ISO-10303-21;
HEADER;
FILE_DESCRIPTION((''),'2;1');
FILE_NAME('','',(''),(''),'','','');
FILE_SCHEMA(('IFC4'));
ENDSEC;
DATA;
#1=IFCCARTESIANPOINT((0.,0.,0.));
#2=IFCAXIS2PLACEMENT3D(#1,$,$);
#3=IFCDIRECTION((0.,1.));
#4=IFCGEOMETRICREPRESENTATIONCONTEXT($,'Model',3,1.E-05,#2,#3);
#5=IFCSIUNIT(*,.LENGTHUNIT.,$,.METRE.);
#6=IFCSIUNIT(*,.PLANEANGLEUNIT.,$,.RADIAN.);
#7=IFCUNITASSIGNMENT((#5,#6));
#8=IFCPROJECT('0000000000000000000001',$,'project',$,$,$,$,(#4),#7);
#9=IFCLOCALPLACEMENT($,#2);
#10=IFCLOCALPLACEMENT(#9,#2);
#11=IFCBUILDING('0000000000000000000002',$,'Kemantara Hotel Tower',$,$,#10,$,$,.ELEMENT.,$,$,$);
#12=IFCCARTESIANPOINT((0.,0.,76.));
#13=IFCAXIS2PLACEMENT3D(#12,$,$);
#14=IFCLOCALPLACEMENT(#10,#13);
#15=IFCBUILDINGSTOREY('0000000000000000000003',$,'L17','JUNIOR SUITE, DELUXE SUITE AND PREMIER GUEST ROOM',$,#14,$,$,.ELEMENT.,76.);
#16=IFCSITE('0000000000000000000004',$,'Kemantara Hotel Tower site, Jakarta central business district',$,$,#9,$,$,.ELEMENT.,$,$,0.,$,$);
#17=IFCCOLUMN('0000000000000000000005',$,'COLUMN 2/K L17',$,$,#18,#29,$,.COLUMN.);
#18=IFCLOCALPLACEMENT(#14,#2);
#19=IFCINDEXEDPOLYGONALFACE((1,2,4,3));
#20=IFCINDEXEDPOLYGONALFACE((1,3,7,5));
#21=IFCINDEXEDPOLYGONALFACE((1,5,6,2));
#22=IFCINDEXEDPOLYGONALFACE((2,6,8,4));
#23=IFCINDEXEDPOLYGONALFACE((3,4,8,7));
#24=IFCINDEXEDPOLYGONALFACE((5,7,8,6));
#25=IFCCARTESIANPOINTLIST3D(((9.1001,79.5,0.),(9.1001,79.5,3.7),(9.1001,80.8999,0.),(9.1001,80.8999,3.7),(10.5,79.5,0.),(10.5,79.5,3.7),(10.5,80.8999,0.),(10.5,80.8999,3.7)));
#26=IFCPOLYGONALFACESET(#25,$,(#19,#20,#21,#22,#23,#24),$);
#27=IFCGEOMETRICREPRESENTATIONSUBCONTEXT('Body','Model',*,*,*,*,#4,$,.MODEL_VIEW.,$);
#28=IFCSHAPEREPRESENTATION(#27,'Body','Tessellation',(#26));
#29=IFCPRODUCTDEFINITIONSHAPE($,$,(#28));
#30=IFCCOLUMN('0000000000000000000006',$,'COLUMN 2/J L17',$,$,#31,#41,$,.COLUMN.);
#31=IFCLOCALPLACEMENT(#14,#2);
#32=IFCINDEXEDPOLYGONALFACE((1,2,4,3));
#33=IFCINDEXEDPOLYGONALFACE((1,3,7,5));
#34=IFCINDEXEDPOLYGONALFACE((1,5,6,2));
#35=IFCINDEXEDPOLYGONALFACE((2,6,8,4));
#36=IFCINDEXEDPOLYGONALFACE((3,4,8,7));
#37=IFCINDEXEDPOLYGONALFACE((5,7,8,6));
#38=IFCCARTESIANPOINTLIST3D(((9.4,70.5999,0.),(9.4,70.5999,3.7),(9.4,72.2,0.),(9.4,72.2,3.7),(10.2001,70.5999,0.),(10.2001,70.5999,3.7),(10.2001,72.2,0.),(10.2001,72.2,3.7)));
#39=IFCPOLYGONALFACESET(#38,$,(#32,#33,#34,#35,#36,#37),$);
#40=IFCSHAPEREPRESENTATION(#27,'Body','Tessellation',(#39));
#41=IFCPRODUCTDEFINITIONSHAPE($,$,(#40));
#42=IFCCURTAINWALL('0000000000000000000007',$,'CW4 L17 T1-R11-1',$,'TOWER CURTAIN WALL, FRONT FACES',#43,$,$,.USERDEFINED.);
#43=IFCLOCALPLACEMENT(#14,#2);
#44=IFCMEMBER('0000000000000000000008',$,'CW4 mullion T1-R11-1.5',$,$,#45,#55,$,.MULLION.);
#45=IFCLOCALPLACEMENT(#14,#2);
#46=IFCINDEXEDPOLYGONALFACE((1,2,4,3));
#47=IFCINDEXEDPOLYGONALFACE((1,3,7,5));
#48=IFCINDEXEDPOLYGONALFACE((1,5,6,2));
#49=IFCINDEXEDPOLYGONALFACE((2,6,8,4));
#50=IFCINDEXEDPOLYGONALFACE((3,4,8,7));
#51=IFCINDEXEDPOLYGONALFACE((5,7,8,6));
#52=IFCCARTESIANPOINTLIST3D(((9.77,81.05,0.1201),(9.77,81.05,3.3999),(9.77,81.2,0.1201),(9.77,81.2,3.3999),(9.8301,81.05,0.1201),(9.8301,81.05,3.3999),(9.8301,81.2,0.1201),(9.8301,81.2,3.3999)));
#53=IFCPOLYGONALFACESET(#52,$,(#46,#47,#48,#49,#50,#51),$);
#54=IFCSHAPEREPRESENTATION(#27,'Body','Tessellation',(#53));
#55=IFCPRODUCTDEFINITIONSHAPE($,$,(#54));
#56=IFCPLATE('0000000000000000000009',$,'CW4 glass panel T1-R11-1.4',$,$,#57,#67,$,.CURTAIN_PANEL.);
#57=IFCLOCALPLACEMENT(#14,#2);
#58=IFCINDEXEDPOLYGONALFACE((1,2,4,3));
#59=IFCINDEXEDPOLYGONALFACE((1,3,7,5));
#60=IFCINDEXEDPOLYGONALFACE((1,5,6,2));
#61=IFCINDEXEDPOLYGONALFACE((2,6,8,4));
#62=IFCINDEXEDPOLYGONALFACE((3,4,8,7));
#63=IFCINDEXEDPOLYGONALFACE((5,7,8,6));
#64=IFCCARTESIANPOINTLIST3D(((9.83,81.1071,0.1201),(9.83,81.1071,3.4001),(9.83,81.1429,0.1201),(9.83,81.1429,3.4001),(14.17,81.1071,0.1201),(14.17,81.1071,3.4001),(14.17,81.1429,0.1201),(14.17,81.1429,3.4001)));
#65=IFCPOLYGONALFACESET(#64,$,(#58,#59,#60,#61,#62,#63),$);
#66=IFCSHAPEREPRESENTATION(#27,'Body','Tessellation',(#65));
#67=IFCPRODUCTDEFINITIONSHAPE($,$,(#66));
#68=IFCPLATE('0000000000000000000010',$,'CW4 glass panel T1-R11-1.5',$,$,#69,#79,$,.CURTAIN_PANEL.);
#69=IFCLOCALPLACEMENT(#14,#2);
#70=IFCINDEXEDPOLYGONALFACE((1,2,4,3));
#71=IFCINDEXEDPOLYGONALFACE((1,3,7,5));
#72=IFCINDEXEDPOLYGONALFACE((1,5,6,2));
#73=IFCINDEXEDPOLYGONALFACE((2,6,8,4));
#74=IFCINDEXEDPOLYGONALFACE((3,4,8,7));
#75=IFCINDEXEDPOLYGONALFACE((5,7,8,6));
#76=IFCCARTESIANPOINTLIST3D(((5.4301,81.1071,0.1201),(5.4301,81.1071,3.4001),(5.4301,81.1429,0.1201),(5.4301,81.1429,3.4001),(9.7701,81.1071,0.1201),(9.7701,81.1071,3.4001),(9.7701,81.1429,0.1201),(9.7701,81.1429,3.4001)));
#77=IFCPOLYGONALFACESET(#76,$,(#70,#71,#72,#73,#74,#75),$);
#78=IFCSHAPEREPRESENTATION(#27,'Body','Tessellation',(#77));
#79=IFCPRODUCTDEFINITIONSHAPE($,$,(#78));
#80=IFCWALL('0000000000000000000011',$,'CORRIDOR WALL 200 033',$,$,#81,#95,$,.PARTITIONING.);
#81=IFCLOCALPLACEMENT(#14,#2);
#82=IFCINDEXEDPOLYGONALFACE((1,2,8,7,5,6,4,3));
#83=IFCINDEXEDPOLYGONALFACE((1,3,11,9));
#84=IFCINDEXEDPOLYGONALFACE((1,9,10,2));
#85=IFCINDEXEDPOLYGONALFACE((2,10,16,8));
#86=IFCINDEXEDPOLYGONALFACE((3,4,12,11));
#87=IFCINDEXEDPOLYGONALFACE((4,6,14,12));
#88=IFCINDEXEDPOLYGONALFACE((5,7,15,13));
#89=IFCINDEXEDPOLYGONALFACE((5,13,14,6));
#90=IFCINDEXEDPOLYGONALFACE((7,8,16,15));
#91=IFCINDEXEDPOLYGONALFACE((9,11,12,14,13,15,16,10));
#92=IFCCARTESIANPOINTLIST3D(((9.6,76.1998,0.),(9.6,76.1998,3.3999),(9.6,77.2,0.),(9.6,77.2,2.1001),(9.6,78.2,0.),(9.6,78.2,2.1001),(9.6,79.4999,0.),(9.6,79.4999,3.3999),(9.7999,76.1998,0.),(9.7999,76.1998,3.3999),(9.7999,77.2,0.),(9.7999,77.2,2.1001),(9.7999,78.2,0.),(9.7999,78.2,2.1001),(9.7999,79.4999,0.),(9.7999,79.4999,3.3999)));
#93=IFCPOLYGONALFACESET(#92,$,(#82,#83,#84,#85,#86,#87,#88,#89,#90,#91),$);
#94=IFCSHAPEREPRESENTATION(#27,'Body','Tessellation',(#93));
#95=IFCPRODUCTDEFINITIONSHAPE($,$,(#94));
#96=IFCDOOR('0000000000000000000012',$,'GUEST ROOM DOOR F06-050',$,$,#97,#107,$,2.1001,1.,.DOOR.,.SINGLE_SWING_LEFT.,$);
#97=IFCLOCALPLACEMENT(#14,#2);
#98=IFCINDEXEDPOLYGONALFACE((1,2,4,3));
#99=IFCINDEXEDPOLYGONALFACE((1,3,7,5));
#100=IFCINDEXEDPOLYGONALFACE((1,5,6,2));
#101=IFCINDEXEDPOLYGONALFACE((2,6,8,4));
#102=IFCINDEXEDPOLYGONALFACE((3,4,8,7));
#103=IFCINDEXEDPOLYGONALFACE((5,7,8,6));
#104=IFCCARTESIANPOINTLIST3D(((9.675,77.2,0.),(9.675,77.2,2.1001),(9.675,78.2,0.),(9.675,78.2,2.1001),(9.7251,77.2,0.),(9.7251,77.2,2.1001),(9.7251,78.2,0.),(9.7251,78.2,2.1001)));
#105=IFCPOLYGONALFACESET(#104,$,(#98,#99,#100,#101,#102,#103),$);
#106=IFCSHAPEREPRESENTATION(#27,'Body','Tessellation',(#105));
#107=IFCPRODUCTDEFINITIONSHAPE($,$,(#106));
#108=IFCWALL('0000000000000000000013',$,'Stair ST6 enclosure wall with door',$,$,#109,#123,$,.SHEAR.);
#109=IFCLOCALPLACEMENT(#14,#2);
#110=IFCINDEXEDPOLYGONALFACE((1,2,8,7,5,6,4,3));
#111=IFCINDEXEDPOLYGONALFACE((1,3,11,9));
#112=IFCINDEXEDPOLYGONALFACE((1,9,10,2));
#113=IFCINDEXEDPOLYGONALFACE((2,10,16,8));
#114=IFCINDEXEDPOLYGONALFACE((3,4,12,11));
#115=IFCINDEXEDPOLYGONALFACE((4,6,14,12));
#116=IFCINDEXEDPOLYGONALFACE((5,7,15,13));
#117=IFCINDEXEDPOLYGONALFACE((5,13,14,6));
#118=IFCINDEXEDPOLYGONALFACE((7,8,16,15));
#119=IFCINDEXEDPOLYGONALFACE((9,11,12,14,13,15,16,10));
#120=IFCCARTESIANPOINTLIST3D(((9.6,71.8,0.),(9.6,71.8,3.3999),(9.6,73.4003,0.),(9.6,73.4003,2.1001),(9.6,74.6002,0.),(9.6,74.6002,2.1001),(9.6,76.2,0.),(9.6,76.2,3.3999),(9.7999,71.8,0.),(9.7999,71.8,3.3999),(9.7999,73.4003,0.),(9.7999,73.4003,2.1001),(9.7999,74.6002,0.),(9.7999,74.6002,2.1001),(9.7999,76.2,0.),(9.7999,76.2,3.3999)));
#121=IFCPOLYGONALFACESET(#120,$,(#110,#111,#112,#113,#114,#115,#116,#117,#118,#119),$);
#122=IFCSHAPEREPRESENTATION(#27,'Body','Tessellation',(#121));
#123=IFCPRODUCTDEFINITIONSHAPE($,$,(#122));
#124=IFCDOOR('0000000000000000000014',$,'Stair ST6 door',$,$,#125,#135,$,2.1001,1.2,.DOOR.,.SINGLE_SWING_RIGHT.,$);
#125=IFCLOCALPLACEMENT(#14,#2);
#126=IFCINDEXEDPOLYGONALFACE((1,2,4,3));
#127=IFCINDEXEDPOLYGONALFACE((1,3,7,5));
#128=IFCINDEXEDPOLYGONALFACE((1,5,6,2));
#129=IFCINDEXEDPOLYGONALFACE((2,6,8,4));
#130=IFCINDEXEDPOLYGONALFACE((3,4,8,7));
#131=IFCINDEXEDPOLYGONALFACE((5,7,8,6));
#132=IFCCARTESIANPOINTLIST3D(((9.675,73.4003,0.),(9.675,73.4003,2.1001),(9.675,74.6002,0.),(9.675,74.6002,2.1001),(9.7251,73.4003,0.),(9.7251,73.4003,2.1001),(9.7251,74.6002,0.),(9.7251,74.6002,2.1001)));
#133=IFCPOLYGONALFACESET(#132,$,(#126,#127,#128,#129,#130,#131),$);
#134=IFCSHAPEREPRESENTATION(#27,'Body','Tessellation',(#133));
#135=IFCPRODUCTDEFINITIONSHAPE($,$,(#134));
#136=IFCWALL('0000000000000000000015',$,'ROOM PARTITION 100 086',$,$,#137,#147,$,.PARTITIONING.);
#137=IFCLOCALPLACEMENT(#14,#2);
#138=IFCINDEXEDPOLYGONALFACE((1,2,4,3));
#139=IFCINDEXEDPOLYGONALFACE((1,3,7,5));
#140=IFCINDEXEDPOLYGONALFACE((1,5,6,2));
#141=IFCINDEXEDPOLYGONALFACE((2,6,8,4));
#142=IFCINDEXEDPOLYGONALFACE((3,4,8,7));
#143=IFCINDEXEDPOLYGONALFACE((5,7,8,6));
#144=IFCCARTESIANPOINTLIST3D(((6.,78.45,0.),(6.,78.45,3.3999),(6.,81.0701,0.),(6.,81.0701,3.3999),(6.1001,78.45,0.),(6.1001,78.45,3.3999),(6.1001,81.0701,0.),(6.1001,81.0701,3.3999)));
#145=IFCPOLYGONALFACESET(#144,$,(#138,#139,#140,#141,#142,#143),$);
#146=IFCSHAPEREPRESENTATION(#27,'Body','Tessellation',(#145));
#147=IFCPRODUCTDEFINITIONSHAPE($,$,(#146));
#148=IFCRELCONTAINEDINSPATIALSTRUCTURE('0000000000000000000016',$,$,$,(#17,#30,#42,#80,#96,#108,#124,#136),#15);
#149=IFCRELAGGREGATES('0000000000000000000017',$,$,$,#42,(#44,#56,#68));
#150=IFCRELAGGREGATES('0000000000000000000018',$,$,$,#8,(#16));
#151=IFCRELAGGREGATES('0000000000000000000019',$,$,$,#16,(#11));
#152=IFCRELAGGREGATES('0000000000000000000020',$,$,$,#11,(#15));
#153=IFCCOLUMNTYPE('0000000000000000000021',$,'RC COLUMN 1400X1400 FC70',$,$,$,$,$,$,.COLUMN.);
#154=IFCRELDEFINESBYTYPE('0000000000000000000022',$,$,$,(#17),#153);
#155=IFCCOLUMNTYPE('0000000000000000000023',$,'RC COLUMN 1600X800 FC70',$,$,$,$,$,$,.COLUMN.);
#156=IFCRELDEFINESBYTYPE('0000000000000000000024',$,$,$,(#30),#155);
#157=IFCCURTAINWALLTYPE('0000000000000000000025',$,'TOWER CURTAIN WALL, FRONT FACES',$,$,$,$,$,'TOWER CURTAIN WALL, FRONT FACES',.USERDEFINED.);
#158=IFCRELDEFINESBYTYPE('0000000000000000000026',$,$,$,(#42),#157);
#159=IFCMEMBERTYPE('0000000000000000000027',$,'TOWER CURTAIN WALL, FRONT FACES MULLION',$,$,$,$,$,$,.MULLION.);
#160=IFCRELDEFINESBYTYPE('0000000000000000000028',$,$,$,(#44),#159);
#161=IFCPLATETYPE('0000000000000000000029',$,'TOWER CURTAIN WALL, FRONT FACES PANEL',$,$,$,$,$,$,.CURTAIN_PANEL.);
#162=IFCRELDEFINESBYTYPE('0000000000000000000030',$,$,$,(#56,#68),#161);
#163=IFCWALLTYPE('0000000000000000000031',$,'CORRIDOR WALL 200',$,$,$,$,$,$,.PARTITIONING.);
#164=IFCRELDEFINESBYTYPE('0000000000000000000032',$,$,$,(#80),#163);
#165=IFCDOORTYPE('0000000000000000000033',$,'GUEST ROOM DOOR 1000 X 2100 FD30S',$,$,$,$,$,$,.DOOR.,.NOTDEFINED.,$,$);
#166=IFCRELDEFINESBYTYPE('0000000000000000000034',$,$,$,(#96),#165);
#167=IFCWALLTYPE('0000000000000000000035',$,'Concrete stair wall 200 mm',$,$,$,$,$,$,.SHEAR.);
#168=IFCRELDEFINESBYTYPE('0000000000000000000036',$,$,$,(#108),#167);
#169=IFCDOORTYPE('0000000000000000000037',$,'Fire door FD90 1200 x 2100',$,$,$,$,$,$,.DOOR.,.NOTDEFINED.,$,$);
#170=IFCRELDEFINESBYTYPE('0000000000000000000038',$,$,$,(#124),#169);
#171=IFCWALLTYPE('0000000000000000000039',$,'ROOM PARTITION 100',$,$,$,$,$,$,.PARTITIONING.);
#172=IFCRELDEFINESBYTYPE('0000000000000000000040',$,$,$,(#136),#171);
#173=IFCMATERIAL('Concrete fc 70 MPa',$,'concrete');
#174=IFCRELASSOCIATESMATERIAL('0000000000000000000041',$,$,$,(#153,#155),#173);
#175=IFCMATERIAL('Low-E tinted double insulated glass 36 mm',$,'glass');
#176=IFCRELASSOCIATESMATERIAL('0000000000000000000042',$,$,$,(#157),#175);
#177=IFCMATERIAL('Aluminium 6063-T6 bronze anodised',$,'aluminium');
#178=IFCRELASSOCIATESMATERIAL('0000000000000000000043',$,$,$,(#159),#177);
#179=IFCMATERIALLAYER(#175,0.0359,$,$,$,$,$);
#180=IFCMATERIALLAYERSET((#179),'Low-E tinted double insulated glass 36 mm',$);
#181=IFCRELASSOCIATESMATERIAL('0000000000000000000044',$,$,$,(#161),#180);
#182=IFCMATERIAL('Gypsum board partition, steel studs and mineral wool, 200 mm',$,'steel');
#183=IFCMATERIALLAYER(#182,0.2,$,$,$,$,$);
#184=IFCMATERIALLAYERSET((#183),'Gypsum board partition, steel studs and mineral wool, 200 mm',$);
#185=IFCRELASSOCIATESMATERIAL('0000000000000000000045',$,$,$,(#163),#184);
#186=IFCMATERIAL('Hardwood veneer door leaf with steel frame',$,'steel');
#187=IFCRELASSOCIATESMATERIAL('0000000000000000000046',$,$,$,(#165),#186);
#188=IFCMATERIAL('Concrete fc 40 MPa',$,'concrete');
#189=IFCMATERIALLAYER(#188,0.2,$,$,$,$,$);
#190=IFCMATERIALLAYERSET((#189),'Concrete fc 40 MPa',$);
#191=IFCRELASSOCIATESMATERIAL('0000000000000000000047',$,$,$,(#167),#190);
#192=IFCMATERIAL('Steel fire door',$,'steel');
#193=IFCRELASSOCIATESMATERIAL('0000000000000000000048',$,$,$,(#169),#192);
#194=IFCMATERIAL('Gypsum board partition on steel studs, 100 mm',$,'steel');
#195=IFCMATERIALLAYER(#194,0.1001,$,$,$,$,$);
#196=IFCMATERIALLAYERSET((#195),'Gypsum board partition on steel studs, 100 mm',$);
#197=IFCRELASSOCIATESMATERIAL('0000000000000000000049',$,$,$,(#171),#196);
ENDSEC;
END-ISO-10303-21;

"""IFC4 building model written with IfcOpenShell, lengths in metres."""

from ifc_helpers import new_model, si_unit, direction, frame, frame_2d, origin, origin_2d, place, context, subcontext, project, spatial, rectangle, extrude, source, transform, mapped, material, layer, layer_set, material_profile, profile_set, type_object, element, fill, aggregate, save


model = new_model("IFC4")

# Units and contexts
model_context = context("Model", 3, precision=1e-05, world=origin(), true_north=direction((0.0, 1.0)))
body_context = subcontext(model_context, "Body", "Model", "MODEL_VIEW")
ifc_project = project(units=[si_unit("LENGTHUNIT", "METRE"), si_unit("PLANEANGLEUNIT", "RADIAN")], contexts=[model_context])

# Site, building, storey
site_placement = place(None, origin())
site = spatial("IfcSite", under=ifc_project, at=site_placement, Name="Kemantara Hotel Tower site, Jakarta central business district", CompositionType="ELEMENT", RefElevation=0.0)
building_placement = place(site_placement, origin())
building = spatial("IfcBuilding", under=site, at=building_placement, Name="Kemantara Hotel Tower", CompositionType="ELEMENT")
storey_placement = place(building_placement, frame((0.0, 0.0, 76.0)))
storey = spatial("IfcBuildingStorey", under=building, at=storey_placement, Name="L17", Description="JUNIOR SUITE, DELUXE SUITE AND PREMIER GUEST ROOM", CompositionType="ELEMENT", Elevation=76.0)

# Columns
ifc_material_1 = material(Name="Concrete fc 70 MPa", Category="concrete")
ifc_material_profile_1 = material_profile(ifc_material_1, rectangle(XDim=1.3999, YDim=1.3999, at=origin_2d()), Name="RC 1400X1400")
ifc_profile_set_1 = profile_set([ifc_material_profile_1], Name="Concrete fc 70 MPa")
column_type_1 = type_object("IfcColumnType", Name="RC COLUMN 1400X1400 FC70", PredefinedType="COLUMN", material=ifc_profile_set_1)
column_1_placement = place(storey_placement, frame((9.8, 80.2, 0.0), z_axis=(0.0, 0.0, 1.0), x_axis=(1.0, 0.0, 0.0)))
element("IfcColumn", 1, at=column_1_placement, inside=storey, type_object=column_type_1, Name="COLUMN 2/K L17", PredefinedType="COLUMN", context=body_context, shape_type="SweptSolid", body=[
    extrude(rectangle(XDim=1.3999, YDim=1.3999, at=origin_2d()), origin(), (0.0, 0.0, 1.0), 3.7),
])
ifc_material_profile_2 = material_profile(ifc_material_1, rectangle(XDim=1.6001, YDim=0.8, at=origin_2d()), Name="RC 1600X800")
ifc_profile_set_2 = profile_set([ifc_material_profile_2], Name="Concrete fc 70 MPa")
column_type_2 = type_object("IfcColumnType", Name="RC COLUMN 1600X800 FC70", PredefinedType="COLUMN", material=ifc_profile_set_2)
column_2_placement = place(storey_placement, frame((9.8, 71.3999, 0.0), z_axis=(0.0, 0.0, 1.0), x_axis=(0.0, 1.0, 0.0)))
element("IfcColumn", 2, at=column_2_placement, inside=storey, type_object=column_type_2, Name="COLUMN 2/J L17", PredefinedType="COLUMN", context=body_context, shape_type="SweptSolid", body=[
    extrude(rectangle(XDim=1.6001, YDim=0.8, at=origin_2d()), origin(), (0.0, 0.0, 1.0), 3.7),
])

# Curtain wall, member, plates
ifc_material_2 = material(Name="Low-E tinted double insulated glass 36 mm", Category="glass")
curtain_wall_type = type_object("IfcCurtainWallType", Name="TOWER CURTAIN WALL, FRONT FACES", ElementType="TOWER CURTAIN WALL, FRONT FACES", PredefinedType="USERDEFINED", material=ifc_material_2)
curtain_wall_placement = place(storey_placement, origin())
curtain_wall = element("IfcCurtainWall", 3, at=curtain_wall_placement, inside=storey, type_object=curtain_wall_type, Name="CW4 L17 T1-R11-1", ObjectType="TOWER CURTAIN WALL, FRONT FACES", PredefinedType="USERDEFINED")
ifc_material_3 = material(Name="Aluminium 6063-T6 bronze anodised", Category="aluminium")
ifc_material_profile_3 = material_profile(ifc_material_3, rectangle(XDim=0.1499, YDim=0.0601, at=origin_2d()), Name="TOWER CURTAIN WALL, FRONT FACES MULLION")
ifc_profile_set_3 = profile_set([ifc_material_profile_3], Name="Aluminium 6063-T6 bronze anodised")
member_type = type_object("IfcMemberType", Name="TOWER CURTAIN WALL, FRONT FACES MULLION", PredefinedType="MULLION", material=ifc_profile_set_3)
shared_shape_1 = source(origin(), body_context, "Body", "SweptSolid", [
    extrude(rectangle(XDim=0.1499, YDim=0.0601, at=origin_2d()), origin(), (0.0, 0.0, 1.0), 3.2798),
])
member_placement = place(storey_placement, frame((9.8, 81.125, 0.1201), z_axis=(0.0, 0.0, 1.0), x_axis=(0.0, -1.0, 0.0)))
member = element("IfcMember", 4, at=member_placement, type_object=member_type, Name="CW4 mullion T1-R11-1.5", PredefinedType="MULLION", context=body_context, shape_type="MappedRepresentation", body=[
    mapped(shared_shape_1, transform((0.0, 0.0, 0.0))),
])
ifc_layer_1 = layer(ifc_material_2, 0.0359)
ifc_layer_set_1 = layer_set([ifc_layer_1], Name="Low-E tinted double insulated glass 36 mm")
plate_type = type_object("IfcPlateType", Name="TOWER CURTAIN WALL, FRONT FACES PANEL", PredefinedType="CURTAIN_PANEL", material=ifc_layer_set_1)
shared_shape_2 = source(origin(), body_context, "Body", "SweptSolid", [
    extrude(rectangle(XDim=4.3401, YDim=0.0359, at=origin_2d()), origin(), (0.0, 0.0, 1.0), 3.28),
])
plate_1_placement = place(storey_placement, frame((12.0, 81.125, 0.1201), z_axis=(0.0, 0.0, 1.0), x_axis=(-1.0, 0.0, 0.0)))
plate_1 = element("IfcPlate", 5, at=plate_1_placement, type_object=plate_type, Name="CW4 glass panel T1-R11-1.4", PredefinedType="CURTAIN_PANEL", context=body_context, shape_type="MappedRepresentation", body=[
    mapped(shared_shape_2, transform((0.0, 0.0, 0.0))),
])
plate_2_placement = place(storey_placement, frame((7.6001, 81.125, 0.1201), z_axis=(0.0, 0.0, 1.0), x_axis=(-1.0, 0.0, 0.0)))
plate_2 = element("IfcPlate", 6, at=plate_2_placement, type_object=plate_type, Name="CW4 glass panel T1-R11-1.5", PredefinedType="CURTAIN_PANEL", context=body_context, shape_type="MappedRepresentation", body=[
    mapped(shared_shape_2, transform((0.0, 0.0, 0.0))),
])
aggregate(curtain_wall, [member, plate_1, plate_2])

# Walls, openings, doors
ifc_material_4 = material(Name="Gypsum board partition, steel studs and mineral wool, 200 mm", Category="steel")
ifc_layer_2 = layer(ifc_material_4, 0.2)
ifc_layer_set_2 = layer_set([ifc_layer_2], Name="Gypsum board partition, steel studs and mineral wool, 200 mm")
wall_type_1 = type_object("IfcWallType", Name="CORRIDOR WALL 200", PredefinedType="PARTITIONING", material=ifc_layer_set_2)
wall_1_placement = place(storey_placement, frame((9.7, 76.2, 0.0), z_axis=(0.0, 0.0, 1.0), x_axis=(0.0, 1.0, 0.0)))
wall_1 = element("IfcWall", 7, at=wall_1_placement, inside=storey, type_object=wall_type_1, Name="CORRIDOR WALL 200 033", PredefinedType="PARTITIONING", context=body_context, shape_type="SweptSolid", body=[
    extrude(rectangle(XDim=3.3, YDim=0.2, at=frame_2d((1.6499, 0.0))), origin(), (0.0, 0.0, 1.0), 3.3999),
])
opening_1_placement = place(wall_1_placement, frame((1.0, 0.0, 0.0)))
opening_1 = element("IfcOpeningElement", 8, at=opening_1_placement, cuts=wall_1, PredefinedType="OPENING", context=body_context, shape_type="SweptSolid", body=[
    extrude(rectangle(XDim=1.0, YDim=2.1001, at=frame_2d((0.5, 1.05))), frame((0.0, 0.1099, 0.0), z_axis=(0.0, -1.0, 0.0), x_axis=(1.0, 0.0, 0.0)), (0.0, 0.0, 1.0), 0.22),
])
ifc_material_5 = material(Name="Hardwood veneer door leaf with steel frame", Category="steel")
door_type_1 = type_object("IfcDoorType", Name="GUEST ROOM DOOR 1000 X 2100 FD30S", OperationType="NOTDEFINED", PredefinedType="DOOR", material=ifc_material_5)
door_1_placement = place(opening_1_placement, origin())
door_1 = element("IfcDoor", 9, at=door_1_placement, inside=storey, type_object=door_type_1, Name="GUEST ROOM DOOR F06-050", OperationType="SINGLE_SWING_LEFT", OverallHeight=2.1001, OverallWidth=1.0, PredefinedType="DOOR", context=body_context, shape_type="SweptSolid", body=[
    extrude(rectangle(XDim=1.0, YDim=2.1001, at=frame_2d((0.5, 1.05))), frame((0.0, 0.0249, 0.0), z_axis=(0.0, -1.0, 0.0), x_axis=(1.0, 0.0, 0.0)), (0.0, 0.0, 1.0), 0.05),
])
fill(opening_1, door_1)
ifc_material_6 = material(Name="Concrete fc 40 MPa", Category="concrete")
ifc_layer_3 = layer(ifc_material_6, 0.2)
ifc_layer_set_3 = layer_set([ifc_layer_3], Name="Concrete fc 40 MPa")
wall_type_2 = type_object("IfcWallType", Name="Concrete stair wall 200 mm", PredefinedType="SHEAR", material=ifc_layer_set_3)
wall_2_placement = place(storey_placement, frame((9.7, 71.8, 0.0), z_axis=(0.0, 0.0, 1.0), x_axis=(0.0, 1.0, 0.0)))
wall_2 = element("IfcWall", 10, at=wall_2_placement, inside=storey, type_object=wall_type_2, Name="Stair ST6 enclosure wall with door", PredefinedType="SHEAR", context=body_context, shape_type="SweptSolid", body=[
    extrude(rectangle(XDim=4.3999, YDim=0.2, at=frame_2d((2.2, 0.0))), origin(), (0.0, 0.0, 1.0), 3.3999),
])
opening_2_placement = place(wall_2_placement, frame((1.6001, 0.0, 0.0)))
opening_2 = element("IfcOpeningElement", 11, at=opening_2_placement, cuts=wall_2, PredefinedType="OPENING", context=body_context, shape_type="SweptSolid", body=[
    extrude(rectangle(XDim=1.2, YDim=2.1001, at=frame_2d((0.6001, 1.05))), frame((0.0, 0.1099, 0.0), z_axis=(0.0, -1.0, 0.0), x_axis=(1.0, 0.0, 0.0)), (0.0, 0.0, 1.0), 0.22),
])
ifc_material_7 = material(Name="Steel fire door", Category="steel")
door_type_2 = type_object("IfcDoorType", Name="Fire door FD90 1200 x 2100", OperationType="NOTDEFINED", PredefinedType="DOOR", material=ifc_material_7)
door_2_placement = place(opening_2_placement, origin())
door_2 = element("IfcDoor", 12, at=door_2_placement, inside=storey, type_object=door_type_2, Name="Stair ST6 door", OperationType="SINGLE_SWING_RIGHT", OverallHeight=2.1001, OverallWidth=1.2, PredefinedType="DOOR", context=body_context, shape_type="SweptSolid", body=[
    extrude(rectangle(XDim=1.2, YDim=2.1001, at=frame_2d((0.6001, 1.05))), frame((0.0, 0.0249, 0.0), z_axis=(0.0, -1.0, 0.0), x_axis=(1.0, 0.0, 0.0)), (0.0, 0.0, 1.0), 0.05),
])
fill(opening_2, door_2)

# Wall
ifc_material_8 = material(Name="Gypsum board partition on steel studs, 100 mm", Category="steel")
ifc_layer_4 = layer(ifc_material_8, 0.1001)
ifc_layer_set_4 = layer_set([ifc_layer_4], Name="Gypsum board partition on steel studs, 100 mm")
wall_type_3 = type_object("IfcWallType", Name="ROOM PARTITION 100", PredefinedType="PARTITIONING", material=ifc_layer_set_4)
wall_3_placement = place(storey_placement, frame((6.05, 78.45, 0.0), z_axis=(0.0, 0.0, 1.0), x_axis=(0.0, 1.0, 0.0)))
element("IfcWall", 13, at=wall_3_placement, inside=storey, type_object=wall_type_3, Name="ROOM PARTITION 100 086", PredefinedType="PARTITIONING", context=body_context, shape_type="SweptSolid", body=[
    extrude(rectangle(XDim=2.6201, YDim=0.1001, at=frame_2d((1.3101, 0.0))), origin(), (0.0, 0.0, 1.0), 3.3999),
])

save(model, "model.ifc")
